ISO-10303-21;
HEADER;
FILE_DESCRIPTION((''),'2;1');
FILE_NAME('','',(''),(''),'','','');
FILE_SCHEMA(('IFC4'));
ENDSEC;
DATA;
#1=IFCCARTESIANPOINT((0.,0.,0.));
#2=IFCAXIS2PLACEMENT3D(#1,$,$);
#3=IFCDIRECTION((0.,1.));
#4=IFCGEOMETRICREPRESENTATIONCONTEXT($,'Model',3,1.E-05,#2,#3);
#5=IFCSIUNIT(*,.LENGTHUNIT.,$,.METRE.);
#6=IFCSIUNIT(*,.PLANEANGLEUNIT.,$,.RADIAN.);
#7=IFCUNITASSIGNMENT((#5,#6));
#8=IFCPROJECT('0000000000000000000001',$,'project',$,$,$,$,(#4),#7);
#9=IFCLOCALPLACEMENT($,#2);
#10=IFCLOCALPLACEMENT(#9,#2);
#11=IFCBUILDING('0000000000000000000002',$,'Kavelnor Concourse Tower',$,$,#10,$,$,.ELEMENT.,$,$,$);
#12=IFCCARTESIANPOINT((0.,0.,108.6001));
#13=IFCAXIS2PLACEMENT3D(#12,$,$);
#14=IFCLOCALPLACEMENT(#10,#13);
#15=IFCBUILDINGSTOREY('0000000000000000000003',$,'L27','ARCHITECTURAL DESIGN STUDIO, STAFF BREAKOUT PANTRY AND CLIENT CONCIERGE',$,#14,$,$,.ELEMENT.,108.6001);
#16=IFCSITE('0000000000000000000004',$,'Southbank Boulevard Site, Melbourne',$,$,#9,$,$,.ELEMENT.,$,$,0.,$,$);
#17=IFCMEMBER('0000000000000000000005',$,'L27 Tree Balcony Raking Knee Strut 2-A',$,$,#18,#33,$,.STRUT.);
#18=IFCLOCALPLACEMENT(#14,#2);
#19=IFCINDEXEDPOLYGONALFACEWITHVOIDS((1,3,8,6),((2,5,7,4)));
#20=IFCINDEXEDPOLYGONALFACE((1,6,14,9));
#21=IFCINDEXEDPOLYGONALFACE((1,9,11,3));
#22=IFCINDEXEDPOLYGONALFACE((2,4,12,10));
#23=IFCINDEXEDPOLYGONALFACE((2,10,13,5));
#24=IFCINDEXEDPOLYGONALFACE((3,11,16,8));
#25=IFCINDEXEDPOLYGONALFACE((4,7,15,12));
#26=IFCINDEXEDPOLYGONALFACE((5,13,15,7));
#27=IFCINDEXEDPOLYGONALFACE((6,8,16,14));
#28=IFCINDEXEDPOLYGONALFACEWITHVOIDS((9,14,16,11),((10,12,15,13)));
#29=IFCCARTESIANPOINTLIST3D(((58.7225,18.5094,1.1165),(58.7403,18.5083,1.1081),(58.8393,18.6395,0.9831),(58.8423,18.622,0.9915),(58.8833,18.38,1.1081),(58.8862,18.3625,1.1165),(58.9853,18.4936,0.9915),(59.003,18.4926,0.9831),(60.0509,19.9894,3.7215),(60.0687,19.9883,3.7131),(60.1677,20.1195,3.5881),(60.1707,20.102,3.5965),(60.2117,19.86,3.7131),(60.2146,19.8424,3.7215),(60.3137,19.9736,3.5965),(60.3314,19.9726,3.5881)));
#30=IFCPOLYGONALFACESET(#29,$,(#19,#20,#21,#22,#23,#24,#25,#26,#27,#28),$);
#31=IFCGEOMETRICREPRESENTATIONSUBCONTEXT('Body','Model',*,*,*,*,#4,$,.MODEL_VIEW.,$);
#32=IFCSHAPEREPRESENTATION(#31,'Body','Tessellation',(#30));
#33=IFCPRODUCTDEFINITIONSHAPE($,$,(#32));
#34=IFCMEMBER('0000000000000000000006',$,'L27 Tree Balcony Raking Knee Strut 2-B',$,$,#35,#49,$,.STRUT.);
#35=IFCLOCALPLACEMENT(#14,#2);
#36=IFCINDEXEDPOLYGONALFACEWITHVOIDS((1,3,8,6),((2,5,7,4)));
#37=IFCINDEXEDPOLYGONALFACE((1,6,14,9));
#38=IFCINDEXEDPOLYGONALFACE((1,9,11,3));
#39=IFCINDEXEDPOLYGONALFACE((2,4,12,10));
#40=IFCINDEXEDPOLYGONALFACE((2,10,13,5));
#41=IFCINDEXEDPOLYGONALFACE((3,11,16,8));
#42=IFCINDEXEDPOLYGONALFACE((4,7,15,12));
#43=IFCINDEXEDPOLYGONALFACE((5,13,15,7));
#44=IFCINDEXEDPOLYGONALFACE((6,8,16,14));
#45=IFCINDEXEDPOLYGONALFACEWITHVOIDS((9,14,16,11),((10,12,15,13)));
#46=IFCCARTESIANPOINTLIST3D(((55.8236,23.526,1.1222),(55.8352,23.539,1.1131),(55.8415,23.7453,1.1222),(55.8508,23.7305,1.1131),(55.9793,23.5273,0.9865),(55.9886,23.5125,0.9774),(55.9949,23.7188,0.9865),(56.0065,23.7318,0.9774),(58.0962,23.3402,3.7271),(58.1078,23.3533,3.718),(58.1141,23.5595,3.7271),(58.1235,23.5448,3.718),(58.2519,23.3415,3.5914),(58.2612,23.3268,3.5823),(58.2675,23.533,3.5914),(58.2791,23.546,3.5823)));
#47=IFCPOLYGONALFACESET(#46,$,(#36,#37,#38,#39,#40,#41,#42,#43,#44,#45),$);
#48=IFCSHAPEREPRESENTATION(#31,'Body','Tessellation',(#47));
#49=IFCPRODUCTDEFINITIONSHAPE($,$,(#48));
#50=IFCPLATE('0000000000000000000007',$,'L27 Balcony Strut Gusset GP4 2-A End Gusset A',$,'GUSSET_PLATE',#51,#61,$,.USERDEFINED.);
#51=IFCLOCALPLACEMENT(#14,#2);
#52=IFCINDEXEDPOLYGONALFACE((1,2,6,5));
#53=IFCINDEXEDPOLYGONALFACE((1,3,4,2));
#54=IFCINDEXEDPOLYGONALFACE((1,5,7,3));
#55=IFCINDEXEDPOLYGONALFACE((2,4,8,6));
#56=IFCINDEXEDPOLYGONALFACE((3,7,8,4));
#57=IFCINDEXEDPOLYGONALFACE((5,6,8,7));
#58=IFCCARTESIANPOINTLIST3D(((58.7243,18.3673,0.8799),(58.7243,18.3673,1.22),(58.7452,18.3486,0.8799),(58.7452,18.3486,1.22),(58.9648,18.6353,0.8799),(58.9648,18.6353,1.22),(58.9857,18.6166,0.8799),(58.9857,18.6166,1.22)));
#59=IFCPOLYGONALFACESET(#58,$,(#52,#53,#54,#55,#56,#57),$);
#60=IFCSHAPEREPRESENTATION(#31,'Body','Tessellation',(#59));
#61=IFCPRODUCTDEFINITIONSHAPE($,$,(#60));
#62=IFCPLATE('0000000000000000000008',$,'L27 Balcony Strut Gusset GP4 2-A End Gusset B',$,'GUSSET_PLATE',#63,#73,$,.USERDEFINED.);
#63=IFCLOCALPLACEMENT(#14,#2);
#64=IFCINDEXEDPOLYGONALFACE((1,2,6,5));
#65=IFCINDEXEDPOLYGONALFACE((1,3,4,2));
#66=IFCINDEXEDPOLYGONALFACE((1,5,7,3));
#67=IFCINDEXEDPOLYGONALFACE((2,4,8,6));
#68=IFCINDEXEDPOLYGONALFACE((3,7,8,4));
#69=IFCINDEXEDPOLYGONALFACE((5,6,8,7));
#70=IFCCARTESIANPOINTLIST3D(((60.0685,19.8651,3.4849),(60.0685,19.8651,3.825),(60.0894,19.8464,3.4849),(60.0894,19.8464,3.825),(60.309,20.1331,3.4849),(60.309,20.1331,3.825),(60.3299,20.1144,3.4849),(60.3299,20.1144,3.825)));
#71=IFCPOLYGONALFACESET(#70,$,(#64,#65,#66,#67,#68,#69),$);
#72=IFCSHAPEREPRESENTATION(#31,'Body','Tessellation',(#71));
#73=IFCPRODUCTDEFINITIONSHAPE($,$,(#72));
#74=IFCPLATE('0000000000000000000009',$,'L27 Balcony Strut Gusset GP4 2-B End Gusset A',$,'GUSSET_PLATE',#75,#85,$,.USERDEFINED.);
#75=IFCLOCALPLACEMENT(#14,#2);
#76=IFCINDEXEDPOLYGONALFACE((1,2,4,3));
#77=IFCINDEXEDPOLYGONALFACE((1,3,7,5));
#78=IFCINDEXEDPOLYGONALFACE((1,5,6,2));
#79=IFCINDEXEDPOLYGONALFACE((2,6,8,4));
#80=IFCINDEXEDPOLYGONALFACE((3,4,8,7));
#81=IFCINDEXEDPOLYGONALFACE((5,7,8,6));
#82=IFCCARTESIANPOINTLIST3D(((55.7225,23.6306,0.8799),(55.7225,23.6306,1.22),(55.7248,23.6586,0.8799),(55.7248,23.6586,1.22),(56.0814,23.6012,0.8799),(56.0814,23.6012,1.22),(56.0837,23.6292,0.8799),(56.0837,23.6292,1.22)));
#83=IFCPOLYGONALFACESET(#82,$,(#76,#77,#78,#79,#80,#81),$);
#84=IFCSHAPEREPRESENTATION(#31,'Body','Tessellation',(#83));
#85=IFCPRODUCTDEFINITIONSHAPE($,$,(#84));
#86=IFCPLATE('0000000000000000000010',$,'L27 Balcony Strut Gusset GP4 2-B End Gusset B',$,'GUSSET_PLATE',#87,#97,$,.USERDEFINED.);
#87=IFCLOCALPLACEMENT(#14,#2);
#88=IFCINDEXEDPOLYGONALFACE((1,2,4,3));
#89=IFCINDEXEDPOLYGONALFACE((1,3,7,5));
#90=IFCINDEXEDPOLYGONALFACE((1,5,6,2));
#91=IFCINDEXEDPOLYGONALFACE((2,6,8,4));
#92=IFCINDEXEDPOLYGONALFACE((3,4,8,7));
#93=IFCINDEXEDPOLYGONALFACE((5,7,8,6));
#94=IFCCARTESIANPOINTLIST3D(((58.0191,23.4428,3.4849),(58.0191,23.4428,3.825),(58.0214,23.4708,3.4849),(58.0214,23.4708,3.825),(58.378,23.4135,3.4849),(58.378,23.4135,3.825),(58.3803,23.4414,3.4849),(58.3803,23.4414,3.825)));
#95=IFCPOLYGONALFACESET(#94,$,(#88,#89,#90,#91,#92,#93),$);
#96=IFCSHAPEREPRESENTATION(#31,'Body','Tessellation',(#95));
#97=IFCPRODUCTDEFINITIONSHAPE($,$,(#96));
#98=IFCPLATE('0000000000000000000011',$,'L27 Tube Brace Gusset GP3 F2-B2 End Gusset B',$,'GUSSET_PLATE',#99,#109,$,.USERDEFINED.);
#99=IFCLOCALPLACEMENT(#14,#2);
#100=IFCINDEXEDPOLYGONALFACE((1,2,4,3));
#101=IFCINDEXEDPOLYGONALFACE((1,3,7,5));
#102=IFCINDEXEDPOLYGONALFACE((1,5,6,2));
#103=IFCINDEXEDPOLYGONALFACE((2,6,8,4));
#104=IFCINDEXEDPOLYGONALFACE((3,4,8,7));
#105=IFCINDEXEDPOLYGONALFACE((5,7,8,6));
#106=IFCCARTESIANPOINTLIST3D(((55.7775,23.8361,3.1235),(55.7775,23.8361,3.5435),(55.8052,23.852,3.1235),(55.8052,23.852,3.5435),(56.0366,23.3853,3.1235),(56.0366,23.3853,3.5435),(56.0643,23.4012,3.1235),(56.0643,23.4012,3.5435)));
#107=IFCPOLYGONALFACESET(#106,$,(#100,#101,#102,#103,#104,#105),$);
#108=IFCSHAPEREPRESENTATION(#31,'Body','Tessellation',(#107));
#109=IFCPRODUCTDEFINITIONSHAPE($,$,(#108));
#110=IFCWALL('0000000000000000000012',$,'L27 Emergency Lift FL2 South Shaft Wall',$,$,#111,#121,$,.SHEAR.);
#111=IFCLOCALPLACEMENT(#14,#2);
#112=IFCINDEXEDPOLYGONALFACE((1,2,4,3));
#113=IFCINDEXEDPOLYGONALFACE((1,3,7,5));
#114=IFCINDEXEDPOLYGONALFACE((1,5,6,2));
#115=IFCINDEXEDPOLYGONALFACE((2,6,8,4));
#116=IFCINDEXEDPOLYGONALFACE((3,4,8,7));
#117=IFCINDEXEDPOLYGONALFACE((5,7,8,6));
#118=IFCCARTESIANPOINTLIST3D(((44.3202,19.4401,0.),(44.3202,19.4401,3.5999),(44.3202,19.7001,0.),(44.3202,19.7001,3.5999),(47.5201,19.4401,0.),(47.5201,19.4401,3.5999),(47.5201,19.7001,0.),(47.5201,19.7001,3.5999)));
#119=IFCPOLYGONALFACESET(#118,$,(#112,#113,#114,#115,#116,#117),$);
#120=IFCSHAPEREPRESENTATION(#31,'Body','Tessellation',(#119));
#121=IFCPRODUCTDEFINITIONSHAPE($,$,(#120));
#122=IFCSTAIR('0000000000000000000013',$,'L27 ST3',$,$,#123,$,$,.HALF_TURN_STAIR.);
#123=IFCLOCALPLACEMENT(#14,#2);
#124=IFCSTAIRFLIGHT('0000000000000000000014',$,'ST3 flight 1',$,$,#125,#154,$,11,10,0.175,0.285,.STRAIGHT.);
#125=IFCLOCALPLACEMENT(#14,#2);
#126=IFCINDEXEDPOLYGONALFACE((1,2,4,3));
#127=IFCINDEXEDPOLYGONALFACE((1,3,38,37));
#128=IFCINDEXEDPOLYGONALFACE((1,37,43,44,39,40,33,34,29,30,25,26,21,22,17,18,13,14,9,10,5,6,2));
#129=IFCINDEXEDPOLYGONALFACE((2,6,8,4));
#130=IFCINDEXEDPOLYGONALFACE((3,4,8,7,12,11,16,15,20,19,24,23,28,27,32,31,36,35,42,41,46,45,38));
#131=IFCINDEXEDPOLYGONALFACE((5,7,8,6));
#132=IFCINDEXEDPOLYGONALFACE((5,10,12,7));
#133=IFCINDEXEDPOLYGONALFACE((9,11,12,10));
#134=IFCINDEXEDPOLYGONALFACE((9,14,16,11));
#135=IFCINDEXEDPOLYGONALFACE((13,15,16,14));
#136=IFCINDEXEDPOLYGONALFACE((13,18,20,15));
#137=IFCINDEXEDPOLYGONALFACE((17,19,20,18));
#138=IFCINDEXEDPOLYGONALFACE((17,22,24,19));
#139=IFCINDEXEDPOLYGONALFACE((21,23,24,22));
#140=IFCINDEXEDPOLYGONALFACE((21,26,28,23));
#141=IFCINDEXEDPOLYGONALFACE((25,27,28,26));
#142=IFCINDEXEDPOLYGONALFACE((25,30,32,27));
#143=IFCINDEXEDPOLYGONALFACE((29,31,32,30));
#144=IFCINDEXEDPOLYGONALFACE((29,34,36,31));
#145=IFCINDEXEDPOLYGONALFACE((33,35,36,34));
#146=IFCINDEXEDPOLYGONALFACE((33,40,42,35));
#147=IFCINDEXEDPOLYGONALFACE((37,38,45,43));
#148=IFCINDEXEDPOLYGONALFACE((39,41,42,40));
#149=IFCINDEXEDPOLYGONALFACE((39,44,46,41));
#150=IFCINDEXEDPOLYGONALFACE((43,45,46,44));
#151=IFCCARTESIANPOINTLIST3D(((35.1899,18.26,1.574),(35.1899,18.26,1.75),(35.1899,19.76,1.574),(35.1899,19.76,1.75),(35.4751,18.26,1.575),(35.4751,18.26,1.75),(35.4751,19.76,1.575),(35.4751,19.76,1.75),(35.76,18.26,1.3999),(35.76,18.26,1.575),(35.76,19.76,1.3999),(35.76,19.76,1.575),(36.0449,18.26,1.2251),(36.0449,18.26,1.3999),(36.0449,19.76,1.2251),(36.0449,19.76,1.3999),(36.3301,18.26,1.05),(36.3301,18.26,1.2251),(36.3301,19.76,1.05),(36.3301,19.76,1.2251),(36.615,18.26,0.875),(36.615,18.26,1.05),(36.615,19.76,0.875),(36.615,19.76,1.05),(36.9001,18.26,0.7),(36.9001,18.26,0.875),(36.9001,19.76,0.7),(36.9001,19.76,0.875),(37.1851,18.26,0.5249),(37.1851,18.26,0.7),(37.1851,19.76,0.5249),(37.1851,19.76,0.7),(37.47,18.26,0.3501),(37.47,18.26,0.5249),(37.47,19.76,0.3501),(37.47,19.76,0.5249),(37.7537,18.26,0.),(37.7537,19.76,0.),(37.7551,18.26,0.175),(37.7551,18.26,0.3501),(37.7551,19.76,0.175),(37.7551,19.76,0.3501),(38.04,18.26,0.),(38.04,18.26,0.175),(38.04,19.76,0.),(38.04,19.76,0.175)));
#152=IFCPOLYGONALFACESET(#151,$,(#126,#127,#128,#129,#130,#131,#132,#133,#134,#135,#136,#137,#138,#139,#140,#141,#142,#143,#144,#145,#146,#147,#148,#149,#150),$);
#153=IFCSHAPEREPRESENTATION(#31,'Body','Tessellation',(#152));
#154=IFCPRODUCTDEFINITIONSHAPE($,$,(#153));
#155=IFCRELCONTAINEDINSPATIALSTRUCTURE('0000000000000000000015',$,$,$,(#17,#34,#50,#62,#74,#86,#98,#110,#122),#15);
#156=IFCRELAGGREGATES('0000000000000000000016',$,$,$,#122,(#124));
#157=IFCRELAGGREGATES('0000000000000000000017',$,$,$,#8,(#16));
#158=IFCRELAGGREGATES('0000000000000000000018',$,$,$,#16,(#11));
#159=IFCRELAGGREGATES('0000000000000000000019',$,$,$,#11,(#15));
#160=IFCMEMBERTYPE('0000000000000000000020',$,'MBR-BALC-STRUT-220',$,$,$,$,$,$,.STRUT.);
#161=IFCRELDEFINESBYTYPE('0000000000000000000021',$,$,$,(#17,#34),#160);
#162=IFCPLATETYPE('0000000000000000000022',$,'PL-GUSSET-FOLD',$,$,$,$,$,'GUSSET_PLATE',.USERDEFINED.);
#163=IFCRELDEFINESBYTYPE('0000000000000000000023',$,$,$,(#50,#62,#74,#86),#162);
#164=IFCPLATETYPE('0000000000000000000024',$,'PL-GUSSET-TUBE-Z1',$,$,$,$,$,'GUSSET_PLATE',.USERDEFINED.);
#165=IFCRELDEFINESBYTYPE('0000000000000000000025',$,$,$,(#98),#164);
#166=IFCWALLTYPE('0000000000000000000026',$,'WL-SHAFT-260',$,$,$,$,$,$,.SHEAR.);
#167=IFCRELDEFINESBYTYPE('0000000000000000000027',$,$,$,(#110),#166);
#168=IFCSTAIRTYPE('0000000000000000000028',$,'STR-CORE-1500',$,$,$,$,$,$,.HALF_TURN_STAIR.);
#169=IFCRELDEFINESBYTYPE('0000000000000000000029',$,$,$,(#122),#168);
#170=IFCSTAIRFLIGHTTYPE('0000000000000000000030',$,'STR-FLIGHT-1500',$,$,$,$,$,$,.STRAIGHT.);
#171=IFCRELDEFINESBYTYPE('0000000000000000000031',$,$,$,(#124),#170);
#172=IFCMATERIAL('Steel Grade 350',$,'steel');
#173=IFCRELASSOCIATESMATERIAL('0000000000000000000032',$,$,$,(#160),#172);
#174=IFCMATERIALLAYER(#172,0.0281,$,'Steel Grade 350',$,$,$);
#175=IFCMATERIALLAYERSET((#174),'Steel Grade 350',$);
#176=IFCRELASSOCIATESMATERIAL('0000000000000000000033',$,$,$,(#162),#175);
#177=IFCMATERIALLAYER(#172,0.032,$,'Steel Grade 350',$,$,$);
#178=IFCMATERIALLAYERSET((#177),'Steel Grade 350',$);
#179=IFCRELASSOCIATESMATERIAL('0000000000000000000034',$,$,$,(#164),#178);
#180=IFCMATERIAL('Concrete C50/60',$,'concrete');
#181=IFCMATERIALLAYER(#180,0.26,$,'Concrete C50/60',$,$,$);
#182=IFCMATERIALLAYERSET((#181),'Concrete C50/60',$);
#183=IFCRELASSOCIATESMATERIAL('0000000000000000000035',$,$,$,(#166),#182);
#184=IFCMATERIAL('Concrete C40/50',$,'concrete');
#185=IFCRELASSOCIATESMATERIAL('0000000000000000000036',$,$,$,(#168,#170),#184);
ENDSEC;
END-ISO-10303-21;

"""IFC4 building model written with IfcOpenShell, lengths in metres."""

from ifc_helpers import new_model, si_unit, direction, frame, frame_2d, origin, origin_2d, place, context, subcontext, project, spatial, polyline, rectangle, hollow_rectangle, outline, extrude, material, layer, layer_set, material_profile, profile_set, type_object, element, aggregate, save


model = new_model("IFC4")

# Units and contexts
model_context = context("Model", 3, precision=1e-05, world=origin(), true_north=direction((0.0, 1.0)))
body_context = subcontext(model_context, "Body", "Model", "MODEL_VIEW")
ifc_project = project(units=[si_unit("LENGTHUNIT", "METRE"), si_unit("PLANEANGLEUNIT", "RADIAN")], contexts=[model_context])

# Site, building, storey
site_placement = place(None, origin())
site = spatial("IfcSite", under=ifc_project, at=site_placement, Name="Southbank Boulevard Site, Melbourne", CompositionType="ELEMENT", RefElevation=0.0)
building_placement = place(site_placement, origin())
building = spatial("IfcBuilding", under=site, at=building_placement, Name="Kavelnor Concourse Tower", CompositionType="ELEMENT")
storey_placement = place(building_placement, frame((0.0, 0.0, 108.6001)))
storey = spatial("IfcBuildingStorey", under=building, at=storey_placement, Name="L27", Description="ARCHITECTURAL DESIGN STUDIO, STAFF BREAKOUT PANTRY AND CLIENT CONCIERGE", CompositionType="ELEMENT", Elevation=108.6001)

# Shared definitions
ifc_material_1 = material(Name="Steel Grade 350", Category="steel")

# Members
ifc_material_profile_1 = material_profile(ifc_material_1, hollow_rectangle(XDim=0.22, YDim=0.22, WallThickness=0.0139, at=origin_2d()), Name="SHS 220x220x14")
ifc_profile_set_1 = profile_set([ifc_material_profile_1], Name="Steel Grade 350")
member_type = type_object("IfcMemberType", Name="MBR-BALC-STRUT-220", PredefinedType="STRUT", material=ifc_profile_set_1)
member_1_placement = place(storey_placement, frame((58.8628, 18.501, 1.0498), z_axis=(0.405322, 0.451582, 0.794851), x_axis=(-0.744197, 0.66796, 0.0)))
element("IfcMember", 1, at=member_1_placement, inside=storey, type_object=member_type, Name="L27 Tree Balcony Raking Knee Strut 2-A", PredefinedType="STRUT", context=body_context, shape_type="SweptSolid", body=[
    extrude(hollow_rectangle(XDim=0.22, YDim=0.22, WallThickness=0.0139, at=origin_2d()), origin(), (0.0, 0.0, 1.0), 3.2773),
])
member_2_placement = place(storey_placement, frame((55.915, 23.6289, 1.0498), z_axis=(0.656467, -0.053665, 0.752444), x_axis=(0.081477, 0.996675, 0.0)))
element("IfcMember", 2, at=member_2_placement, inside=storey, type_object=member_type, Name="L27 Tree Balcony Raking Knee Strut 2-B", PredefinedType="STRUT", context=body_context, shape_type="SweptSolid", body=[
    extrude(hollow_rectangle(XDim=0.22, YDim=0.22, WallThickness=0.0139, at=origin_2d()), origin(), (0.0, 0.0, 1.0), 3.4619),
])

# Plates
ifc_layer_1 = layer(ifc_material_1, 0.0281, Name="Steel Grade 350")
ifc_layer_set_1 = layer_set([ifc_layer_1], Name="Steel Grade 350")
plate_type_1 = type_object("IfcPlateType", Name="PL-GUSSET-FOLD", ElementType="GUSSET_PLATE", PredefinedType="USERDEFINED", material=ifc_layer_set_1)
for number, where, z_axis, x_axis, name in (
    (3, (58.855, 18.4919, 0.8799), (0.0, 0.0, 1.0), (0.667962, 0.744195, 0.0), "L27 Balcony Strut Gusset GP4 2-A End Gusset A"),
    (4, (60.1992, 19.9897, 3.4849), (0.0, 0.0, 1.0), (0.667962, 0.744195, 0.0), "L27 Balcony Strut Gusset GP4 2-A End Gusset B"),
    (5, (55.9031, 23.6299, 0.8799), (0.0, 0.0, 1.0), (0.996666, -0.081591, 0.0), "L27 Balcony Strut Gusset GP4 2-B End Gusset A"),
    (6, (58.1997, 23.4421, 3.4849), (0.0, 0.0, 1.0), (0.996666, -0.081591, 0.0), "L27 Balcony Strut Gusset GP4 2-B End Gusset B"),
):
    element("IfcPlate", number, at=place(storey_placement, frame(where, z_axis=z_axis, x_axis=x_axis)), inside=storey, type_object=plate_type_1, Name=name, ObjectType="GUSSET_PLATE", PredefinedType="USERDEFINED", context=body_context, shape_type="SweptSolid", body=[
        extrude(rectangle(XDim=0.3601, YDim=0.0281, at=origin_2d()), origin(), (0.0, 0.0, 1.0), 0.3401),
    ])
ifc_layer_2 = layer(ifc_material_1, 0.032, Name="Steel Grade 350")
ifc_layer_set_2 = layer_set([ifc_layer_2], Name="Steel Grade 350")
plate_type_2 = type_object("IfcPlateType", Name="PL-GUSSET-TUBE-Z1", ElementType="GUSSET_PLATE", PredefinedType="USERDEFINED", material=ifc_layer_set_2)
plate_placement = place(storey_placement, frame((55.9209, 23.6187, 3.1235), z_axis=(0.0, 0.0, 1.0), x_axis=(0.498336, -0.866984, 0.0)))
element("IfcPlate", 7, at=plate_placement, inside=storey, type_object=plate_type_2, Name="L27 Tube Brace Gusset GP3 F2-B2 End Gusset B", ObjectType="GUSSET_PLATE", PredefinedType="USERDEFINED", context=body_context, shape_type="SweptSolid", body=[
    extrude(rectangle(XDim=0.52, YDim=0.032, at=origin_2d()), origin(), (0.0, 0.0, 1.0), 0.4199),
])

# Wall
ifc_material_2 = material(Name="Concrete C50/60", Category="concrete")
ifc_layer_3 = layer(ifc_material_2, 0.26, Name="Concrete C50/60")
ifc_layer_set_3 = layer_set([ifc_layer_3], Name="Concrete C50/60")
wall_type = type_object("IfcWallType", Name="WL-SHAFT-260", PredefinedType="SHEAR", material=ifc_layer_set_3)
wall_placement = place(storey_placement, frame((44.3201, 19.5701, 0.0), z_axis=(0.0, 0.0, 1.0), x_axis=(1.0, 0.0, 0.0)))
element("IfcWall", 8, at=wall_placement, inside=storey, type_object=wall_type, Name="L27 Emergency Lift FL2 South Shaft Wall", PredefinedType="SHEAR", context=body_context, shape_type="SweptSolid", body=[
    extrude(rectangle(XDim=3.2, YDim=0.26, at=frame_2d((1.6001, 0.0))), origin(), (0.0, 0.0, 1.0), 3.5999),
])

# Stair, stair flight
ifc_material_3 = material(Name="Concrete C40/50", Category="concrete")
stair_type = type_object("IfcStairType", Name="STR-CORE-1500", PredefinedType="HALF_TURN_STAIR", material=ifc_material_3)
stair_placement = place(storey_placement, origin())
stair = element("IfcStair", 9, at=stair_placement, inside=storey, type_object=stair_type, Name="L27 ST3", PredefinedType="HALF_TURN_STAIR")
stair_flight_type = type_object("IfcStairFlightType", Name="STR-FLIGHT-1500", PredefinedType="STRAIGHT", material=ifc_material_3)
stair_flight_placement = place(storey_placement, frame((38.04, 19.01, 0.0), z_axis=(0.0, 0.0, 1.0), x_axis=(-1.0, 0.0, 0.0)))
stair_flight = element("IfcStairFlight", 10, at=stair_flight_placement, type_object=stair_flight_type, Name="ST3 flight 1", NumberOfRisers=11, NumberOfTreads=10, PredefinedType="STRAIGHT", RiserHeight=0.175, TreadLength=0.285, context=body_context, shape_type="SweptSolid", body=[
    extrude(outline(polyline([(0.0, 0.0), (0.0, 0.175), (0.2849, 0.175), (0.2849, 0.3501), (0.5701, 0.3501), (0.5701, 0.5249), (0.855, 0.5249), (0.855, 0.7), (1.1399, 0.7), (1.1399, 0.875), (1.425, 0.875), (1.425, 1.05), (1.71, 1.05), (1.71, 1.2251), (1.9951, 1.2251), (1.9951, 1.3999), (2.28, 1.3999), (2.28, 1.575), (2.5649, 1.575), (2.5649, 1.75), (2.8501, 1.75), (2.8501, 1.925), (2.8501, 1.574), (0.2864, 0.0), (0.0, 0.0)])), frame((0.0, 0.75, 0.0), z_axis=(0.0, -1.0, 0.0), x_axis=(1.0, 0.0, 0.0)), (0.0, 0.0, 1.0), 1.5),
])
aggregate(stair, [stair_flight])

save(model, "model.ifc")
